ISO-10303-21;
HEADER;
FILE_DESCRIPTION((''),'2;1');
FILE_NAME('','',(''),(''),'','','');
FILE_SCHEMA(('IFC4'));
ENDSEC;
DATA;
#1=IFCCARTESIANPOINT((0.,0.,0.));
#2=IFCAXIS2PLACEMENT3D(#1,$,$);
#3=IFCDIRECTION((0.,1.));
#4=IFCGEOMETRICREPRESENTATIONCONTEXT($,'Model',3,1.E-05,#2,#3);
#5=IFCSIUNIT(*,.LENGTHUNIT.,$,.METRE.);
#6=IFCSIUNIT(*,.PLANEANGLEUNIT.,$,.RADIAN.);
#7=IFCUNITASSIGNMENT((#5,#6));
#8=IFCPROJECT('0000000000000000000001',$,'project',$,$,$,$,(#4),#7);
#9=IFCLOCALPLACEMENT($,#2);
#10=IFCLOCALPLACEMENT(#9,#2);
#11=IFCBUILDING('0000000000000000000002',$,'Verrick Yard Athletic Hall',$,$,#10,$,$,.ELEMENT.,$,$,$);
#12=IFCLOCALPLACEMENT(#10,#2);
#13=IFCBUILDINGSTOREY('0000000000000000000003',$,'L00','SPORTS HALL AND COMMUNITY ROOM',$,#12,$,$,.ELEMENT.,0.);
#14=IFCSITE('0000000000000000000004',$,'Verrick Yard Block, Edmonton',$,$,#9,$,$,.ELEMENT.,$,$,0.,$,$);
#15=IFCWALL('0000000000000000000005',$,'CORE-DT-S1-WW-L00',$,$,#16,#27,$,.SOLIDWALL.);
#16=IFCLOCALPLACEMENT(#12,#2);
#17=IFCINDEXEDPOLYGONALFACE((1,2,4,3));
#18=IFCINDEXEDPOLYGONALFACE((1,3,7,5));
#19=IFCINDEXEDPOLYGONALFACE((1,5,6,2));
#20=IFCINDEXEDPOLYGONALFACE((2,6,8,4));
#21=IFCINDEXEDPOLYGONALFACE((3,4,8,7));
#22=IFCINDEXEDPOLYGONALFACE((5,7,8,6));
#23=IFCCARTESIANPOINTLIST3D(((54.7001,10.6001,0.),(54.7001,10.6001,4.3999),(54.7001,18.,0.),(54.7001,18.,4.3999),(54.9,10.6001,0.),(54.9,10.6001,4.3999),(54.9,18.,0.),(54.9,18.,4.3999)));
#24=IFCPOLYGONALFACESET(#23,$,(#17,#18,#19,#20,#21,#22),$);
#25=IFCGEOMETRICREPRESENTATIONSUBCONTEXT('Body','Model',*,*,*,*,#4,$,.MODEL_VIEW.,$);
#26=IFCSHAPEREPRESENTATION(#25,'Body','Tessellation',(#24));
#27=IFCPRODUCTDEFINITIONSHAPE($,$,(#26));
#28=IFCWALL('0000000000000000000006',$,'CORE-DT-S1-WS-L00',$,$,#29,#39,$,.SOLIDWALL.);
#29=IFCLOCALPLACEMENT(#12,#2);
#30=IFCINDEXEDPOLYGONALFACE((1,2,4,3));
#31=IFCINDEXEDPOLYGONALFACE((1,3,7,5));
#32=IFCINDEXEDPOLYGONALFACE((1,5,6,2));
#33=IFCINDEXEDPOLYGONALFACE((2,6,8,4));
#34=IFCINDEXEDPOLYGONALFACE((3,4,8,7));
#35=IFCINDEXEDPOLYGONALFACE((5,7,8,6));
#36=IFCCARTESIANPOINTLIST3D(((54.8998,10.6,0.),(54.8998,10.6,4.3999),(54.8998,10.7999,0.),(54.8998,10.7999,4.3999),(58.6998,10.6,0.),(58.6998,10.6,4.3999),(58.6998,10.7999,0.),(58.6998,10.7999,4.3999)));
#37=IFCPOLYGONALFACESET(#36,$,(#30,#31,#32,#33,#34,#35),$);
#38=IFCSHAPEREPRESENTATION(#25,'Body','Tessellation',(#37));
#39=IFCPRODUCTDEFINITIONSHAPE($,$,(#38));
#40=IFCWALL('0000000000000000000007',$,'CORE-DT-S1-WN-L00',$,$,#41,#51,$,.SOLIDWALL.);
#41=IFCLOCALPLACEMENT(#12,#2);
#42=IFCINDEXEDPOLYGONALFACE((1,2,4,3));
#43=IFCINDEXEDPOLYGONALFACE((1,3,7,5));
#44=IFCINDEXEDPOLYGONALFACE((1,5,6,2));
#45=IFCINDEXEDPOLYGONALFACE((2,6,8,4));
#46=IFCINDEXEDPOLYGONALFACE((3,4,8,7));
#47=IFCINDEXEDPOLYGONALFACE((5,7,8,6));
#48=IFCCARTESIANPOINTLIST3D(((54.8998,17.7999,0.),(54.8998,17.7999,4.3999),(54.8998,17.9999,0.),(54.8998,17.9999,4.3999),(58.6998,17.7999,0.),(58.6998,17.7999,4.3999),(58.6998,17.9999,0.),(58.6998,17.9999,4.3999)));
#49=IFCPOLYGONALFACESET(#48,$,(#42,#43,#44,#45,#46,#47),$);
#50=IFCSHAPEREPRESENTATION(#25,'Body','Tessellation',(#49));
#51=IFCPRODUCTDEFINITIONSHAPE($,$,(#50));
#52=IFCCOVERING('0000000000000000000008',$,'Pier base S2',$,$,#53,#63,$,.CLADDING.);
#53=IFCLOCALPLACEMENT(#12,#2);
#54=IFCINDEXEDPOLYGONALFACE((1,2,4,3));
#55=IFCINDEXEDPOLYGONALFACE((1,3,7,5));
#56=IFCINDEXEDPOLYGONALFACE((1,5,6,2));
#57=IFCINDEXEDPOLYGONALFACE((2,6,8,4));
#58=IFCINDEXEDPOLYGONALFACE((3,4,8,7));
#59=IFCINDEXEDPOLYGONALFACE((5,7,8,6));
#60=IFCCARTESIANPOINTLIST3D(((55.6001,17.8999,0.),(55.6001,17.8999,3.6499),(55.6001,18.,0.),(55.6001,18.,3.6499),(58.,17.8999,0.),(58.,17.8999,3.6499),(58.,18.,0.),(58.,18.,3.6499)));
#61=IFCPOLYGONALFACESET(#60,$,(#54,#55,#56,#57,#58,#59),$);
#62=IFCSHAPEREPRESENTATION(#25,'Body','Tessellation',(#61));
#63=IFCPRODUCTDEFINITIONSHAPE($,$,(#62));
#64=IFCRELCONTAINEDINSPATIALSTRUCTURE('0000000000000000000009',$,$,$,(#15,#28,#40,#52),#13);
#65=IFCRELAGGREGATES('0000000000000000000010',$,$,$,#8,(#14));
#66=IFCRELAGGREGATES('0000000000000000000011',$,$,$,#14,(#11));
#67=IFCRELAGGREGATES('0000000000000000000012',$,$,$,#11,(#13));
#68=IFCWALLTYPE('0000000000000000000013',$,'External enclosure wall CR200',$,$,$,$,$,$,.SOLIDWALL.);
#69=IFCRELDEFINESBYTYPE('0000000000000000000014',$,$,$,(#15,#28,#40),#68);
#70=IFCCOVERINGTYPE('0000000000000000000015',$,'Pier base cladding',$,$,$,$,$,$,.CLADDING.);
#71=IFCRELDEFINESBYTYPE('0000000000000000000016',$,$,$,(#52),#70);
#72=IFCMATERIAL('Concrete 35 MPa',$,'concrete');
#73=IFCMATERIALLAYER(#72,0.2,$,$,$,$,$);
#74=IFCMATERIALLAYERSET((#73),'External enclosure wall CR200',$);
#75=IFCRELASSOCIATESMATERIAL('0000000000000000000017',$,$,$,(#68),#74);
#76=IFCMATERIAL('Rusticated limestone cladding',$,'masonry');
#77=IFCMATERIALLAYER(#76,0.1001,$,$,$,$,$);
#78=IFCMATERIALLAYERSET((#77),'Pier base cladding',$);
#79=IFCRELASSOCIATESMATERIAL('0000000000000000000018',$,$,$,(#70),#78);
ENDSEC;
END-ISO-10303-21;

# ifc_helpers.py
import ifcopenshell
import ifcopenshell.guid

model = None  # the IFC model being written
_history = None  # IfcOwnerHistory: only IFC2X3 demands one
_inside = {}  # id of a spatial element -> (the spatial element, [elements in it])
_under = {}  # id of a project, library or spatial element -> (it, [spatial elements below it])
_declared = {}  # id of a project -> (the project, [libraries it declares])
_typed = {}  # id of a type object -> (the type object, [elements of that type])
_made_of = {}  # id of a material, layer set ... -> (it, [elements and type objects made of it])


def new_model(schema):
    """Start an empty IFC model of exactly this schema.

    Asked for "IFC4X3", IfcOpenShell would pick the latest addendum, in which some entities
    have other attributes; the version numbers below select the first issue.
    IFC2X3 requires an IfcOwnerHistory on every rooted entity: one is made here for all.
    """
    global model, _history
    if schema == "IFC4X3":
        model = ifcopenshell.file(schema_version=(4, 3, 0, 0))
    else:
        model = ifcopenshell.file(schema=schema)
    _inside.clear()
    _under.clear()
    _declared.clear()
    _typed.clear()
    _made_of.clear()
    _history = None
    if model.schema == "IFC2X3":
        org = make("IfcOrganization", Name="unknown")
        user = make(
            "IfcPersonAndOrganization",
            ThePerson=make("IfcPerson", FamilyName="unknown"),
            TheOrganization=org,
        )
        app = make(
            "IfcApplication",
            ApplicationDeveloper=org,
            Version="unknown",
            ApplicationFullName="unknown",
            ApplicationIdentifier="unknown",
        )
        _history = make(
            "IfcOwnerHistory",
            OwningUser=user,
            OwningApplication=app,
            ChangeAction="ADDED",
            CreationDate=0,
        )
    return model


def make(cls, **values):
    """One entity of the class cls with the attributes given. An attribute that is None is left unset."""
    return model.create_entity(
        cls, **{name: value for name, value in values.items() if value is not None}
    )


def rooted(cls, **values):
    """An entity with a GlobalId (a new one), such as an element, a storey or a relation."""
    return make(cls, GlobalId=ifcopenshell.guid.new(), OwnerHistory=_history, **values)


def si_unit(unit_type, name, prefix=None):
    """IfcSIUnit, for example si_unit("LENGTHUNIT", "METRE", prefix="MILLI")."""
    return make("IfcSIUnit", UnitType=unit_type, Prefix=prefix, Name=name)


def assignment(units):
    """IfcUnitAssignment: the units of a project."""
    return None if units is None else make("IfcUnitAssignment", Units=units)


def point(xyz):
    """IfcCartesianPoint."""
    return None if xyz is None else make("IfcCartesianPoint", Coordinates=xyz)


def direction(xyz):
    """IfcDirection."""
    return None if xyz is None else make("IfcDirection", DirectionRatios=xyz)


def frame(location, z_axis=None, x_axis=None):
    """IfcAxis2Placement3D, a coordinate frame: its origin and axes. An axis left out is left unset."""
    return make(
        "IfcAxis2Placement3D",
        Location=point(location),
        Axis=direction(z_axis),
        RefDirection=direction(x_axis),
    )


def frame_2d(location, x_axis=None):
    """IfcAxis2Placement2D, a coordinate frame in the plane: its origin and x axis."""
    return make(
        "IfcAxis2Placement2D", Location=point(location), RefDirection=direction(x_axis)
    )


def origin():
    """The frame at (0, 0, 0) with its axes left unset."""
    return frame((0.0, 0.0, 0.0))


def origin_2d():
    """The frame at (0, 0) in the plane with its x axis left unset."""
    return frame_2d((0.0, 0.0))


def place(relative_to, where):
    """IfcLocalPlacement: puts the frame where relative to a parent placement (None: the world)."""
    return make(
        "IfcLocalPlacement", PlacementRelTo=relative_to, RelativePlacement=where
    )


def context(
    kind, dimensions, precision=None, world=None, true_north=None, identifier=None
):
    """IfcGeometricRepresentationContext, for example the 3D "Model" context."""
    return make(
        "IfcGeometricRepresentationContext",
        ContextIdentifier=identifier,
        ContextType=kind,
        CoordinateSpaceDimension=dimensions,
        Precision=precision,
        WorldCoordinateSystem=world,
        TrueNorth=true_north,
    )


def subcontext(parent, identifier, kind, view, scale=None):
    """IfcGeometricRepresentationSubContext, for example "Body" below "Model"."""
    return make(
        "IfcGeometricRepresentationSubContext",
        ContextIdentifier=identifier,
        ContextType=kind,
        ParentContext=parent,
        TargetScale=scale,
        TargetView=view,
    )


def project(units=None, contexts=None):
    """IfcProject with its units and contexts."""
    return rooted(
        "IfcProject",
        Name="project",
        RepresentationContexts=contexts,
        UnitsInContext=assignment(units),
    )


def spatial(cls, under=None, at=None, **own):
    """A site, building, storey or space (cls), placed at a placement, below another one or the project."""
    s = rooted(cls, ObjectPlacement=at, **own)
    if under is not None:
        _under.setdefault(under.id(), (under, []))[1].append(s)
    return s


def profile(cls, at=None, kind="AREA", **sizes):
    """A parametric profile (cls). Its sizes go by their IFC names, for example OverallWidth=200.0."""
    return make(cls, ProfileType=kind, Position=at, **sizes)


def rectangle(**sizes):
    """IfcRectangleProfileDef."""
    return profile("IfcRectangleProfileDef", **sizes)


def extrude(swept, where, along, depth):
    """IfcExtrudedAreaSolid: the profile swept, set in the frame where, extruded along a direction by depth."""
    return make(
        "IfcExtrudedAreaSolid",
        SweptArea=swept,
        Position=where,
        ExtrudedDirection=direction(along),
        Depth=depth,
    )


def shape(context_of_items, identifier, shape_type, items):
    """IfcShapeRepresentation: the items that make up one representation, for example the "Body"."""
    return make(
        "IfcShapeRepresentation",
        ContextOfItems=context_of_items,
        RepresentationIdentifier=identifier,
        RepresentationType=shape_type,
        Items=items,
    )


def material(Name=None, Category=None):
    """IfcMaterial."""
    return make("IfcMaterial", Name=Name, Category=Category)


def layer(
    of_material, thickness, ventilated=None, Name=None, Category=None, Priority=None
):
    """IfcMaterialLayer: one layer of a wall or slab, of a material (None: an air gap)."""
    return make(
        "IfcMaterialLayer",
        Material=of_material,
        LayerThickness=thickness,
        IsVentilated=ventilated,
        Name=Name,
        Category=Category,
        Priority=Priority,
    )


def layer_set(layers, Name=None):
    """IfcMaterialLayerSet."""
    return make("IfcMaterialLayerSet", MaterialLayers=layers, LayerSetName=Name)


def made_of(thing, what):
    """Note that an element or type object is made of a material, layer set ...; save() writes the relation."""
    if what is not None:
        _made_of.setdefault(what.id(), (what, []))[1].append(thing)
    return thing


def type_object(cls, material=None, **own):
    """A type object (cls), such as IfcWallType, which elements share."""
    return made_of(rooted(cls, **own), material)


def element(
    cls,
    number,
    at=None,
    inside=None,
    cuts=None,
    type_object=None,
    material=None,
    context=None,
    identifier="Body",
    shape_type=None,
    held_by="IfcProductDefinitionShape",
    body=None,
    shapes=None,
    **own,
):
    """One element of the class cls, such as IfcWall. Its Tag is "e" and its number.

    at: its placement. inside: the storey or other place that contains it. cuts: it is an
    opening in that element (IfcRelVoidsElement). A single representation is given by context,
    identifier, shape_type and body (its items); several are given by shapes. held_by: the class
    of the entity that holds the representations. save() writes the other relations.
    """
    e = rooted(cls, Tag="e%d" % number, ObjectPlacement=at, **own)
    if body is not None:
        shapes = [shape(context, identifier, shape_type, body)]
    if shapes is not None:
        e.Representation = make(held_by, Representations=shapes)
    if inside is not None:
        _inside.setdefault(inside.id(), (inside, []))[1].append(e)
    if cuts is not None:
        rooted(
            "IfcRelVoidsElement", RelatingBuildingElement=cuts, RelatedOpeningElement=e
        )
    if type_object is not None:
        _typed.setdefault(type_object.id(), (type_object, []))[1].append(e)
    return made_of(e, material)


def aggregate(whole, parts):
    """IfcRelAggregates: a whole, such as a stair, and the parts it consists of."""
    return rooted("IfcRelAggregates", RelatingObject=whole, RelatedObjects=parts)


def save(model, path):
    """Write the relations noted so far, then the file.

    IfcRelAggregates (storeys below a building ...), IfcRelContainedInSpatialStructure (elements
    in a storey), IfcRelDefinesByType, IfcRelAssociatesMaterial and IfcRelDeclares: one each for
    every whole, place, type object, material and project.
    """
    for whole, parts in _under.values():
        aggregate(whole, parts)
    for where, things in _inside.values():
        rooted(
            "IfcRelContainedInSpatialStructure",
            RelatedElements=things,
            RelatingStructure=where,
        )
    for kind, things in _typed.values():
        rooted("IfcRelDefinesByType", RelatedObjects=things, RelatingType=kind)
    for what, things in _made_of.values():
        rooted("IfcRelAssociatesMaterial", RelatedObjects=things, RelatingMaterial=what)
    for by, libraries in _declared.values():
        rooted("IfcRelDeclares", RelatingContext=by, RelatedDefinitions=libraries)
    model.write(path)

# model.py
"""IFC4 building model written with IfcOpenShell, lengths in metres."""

from ifc_helpers import new_model, si_unit, direction, frame, frame_2d, origin, origin_2d, place, context, subcontext, project, spatial, rectangle, extrude, material, layer, layer_set, type_object, element, save


model = new_model("IFC4")

# Units and contexts
model_context = context("Model", 3, precision=1e-05, world=origin(), true_north=direction((0.0, 1.0)))
body_context = subcontext(model_context, "Body", "Model", "MODEL_VIEW")
ifc_project = project(units=[si_unit("LENGTHUNIT", "METRE"), si_unit("PLANEANGLEUNIT", "RADIAN")], contexts=[model_context])

# Site, building, storey
site_placement = place(None, origin())
site = spatial("IfcSite", under=ifc_project, at=site_placement, Name="Verrick Yard Block, Edmonton", CompositionType="ELEMENT", RefElevation=0.0)
building_placement = place(site_placement, origin())
building = spatial("IfcBuilding", under=site, at=building_placement, Name="Verrick Yard Athletic Hall", CompositionType="ELEMENT")
storey_placement = place(building_placement, origin())
storey = spatial("IfcBuildingStorey", under=building, at=storey_placement, Name="L00", Description="SPORTS HALL AND COMMUNITY ROOM", CompositionType="ELEMENT", Elevation=0.0)

# Shared definitions
ifc_material_1 = material(Name="Concrete 35 MPa", Category="concrete")

# Walls
ifc_layer_1 = layer(ifc_material_1, 0.2)
ifc_layer_set_1 = layer_set([ifc_layer_1], Name="External enclosure wall CR200")
wall_type_1 = type_object("IfcWallType", Name="External enclosure wall CR200", PredefinedType="SOLIDWALL", material=ifc_layer_set_1)
wall_1_placement = place(storey_placement, frame((54.8, 10.6001, 0.0), z_axis=(0.0, 0.0, 1.0), x_axis=(0.0, 1.0, 0.0)))
element("IfcWall", 1, at=wall_1_placement, inside=storey, type_object=wall_type_1, Name="CORE-DT-S1-WW-L00", PredefinedType="SOLIDWALL", context=body_context, shape_type="SweptSolid", body=[
    extrude(rectangle(XDim=7.3999, YDim=0.2, at=frame_2d((3.7, 0.0))), origin(), (0.0, 0.0, 1.0), 4.3999),
])
for number, where, z_axis, x_axis, name in (
    (2, (54.8999, 10.7, 0.0), (0.0, 0.0, 1.0), (1.0, 0.0, 0.0), "CORE-DT-S1-WS-L00"),
    (3, (54.8999, 17.8999, 0.0), (0.0, 0.0, 1.0), (1.0, 0.0, 0.0), "CORE-DT-S1-WN-L00"),
):
    element("IfcWall", number, at=place(storey_placement, frame(where, z_axis=z_axis, x_axis=x_axis)), inside=storey, type_object=wall_type_1, Name=name, PredefinedType="SOLIDWALL", context=body_context, shape_type="SweptSolid", body=[
        extrude(rectangle(XDim=3.8, YDim=0.2, at=frame_2d((1.8999, 0.0))), origin(), (0.0, 0.0, 1.0), 4.3999),
    ])

# Covering
ifc_material_2 = material(Name="Rusticated limestone cladding", Category="masonry")
ifc_layer_2 = layer(ifc_material_2, 0.1001)
ifc_layer_set_2 = layer_set([ifc_layer_2], Name="Pier base cladding")
covering_type = type_object("IfcCoveringType", Name="Pier base cladding", PredefinedType="CLADDING", material=ifc_layer_set_2)
covering_placement = place(storey_placement, frame((56.8, 17.95, 0.0), z_axis=(0.0, 0.0, 1.0), x_axis=(1.0, 0.0, 0.0)))
element("IfcCovering", 4, at=covering_placement, inside=storey, type_object=covering_type, Name="Pier base S2", PredefinedType="CLADDING", context=body_context, shape_type="SweptSolid", body=[
    extrude(rectangle(XDim=2.3999, YDim=0.1001, at=origin_2d()), origin(), (0.0, 0.0, 1.0), 3.6499),
])

save(model, "model.ifc")
